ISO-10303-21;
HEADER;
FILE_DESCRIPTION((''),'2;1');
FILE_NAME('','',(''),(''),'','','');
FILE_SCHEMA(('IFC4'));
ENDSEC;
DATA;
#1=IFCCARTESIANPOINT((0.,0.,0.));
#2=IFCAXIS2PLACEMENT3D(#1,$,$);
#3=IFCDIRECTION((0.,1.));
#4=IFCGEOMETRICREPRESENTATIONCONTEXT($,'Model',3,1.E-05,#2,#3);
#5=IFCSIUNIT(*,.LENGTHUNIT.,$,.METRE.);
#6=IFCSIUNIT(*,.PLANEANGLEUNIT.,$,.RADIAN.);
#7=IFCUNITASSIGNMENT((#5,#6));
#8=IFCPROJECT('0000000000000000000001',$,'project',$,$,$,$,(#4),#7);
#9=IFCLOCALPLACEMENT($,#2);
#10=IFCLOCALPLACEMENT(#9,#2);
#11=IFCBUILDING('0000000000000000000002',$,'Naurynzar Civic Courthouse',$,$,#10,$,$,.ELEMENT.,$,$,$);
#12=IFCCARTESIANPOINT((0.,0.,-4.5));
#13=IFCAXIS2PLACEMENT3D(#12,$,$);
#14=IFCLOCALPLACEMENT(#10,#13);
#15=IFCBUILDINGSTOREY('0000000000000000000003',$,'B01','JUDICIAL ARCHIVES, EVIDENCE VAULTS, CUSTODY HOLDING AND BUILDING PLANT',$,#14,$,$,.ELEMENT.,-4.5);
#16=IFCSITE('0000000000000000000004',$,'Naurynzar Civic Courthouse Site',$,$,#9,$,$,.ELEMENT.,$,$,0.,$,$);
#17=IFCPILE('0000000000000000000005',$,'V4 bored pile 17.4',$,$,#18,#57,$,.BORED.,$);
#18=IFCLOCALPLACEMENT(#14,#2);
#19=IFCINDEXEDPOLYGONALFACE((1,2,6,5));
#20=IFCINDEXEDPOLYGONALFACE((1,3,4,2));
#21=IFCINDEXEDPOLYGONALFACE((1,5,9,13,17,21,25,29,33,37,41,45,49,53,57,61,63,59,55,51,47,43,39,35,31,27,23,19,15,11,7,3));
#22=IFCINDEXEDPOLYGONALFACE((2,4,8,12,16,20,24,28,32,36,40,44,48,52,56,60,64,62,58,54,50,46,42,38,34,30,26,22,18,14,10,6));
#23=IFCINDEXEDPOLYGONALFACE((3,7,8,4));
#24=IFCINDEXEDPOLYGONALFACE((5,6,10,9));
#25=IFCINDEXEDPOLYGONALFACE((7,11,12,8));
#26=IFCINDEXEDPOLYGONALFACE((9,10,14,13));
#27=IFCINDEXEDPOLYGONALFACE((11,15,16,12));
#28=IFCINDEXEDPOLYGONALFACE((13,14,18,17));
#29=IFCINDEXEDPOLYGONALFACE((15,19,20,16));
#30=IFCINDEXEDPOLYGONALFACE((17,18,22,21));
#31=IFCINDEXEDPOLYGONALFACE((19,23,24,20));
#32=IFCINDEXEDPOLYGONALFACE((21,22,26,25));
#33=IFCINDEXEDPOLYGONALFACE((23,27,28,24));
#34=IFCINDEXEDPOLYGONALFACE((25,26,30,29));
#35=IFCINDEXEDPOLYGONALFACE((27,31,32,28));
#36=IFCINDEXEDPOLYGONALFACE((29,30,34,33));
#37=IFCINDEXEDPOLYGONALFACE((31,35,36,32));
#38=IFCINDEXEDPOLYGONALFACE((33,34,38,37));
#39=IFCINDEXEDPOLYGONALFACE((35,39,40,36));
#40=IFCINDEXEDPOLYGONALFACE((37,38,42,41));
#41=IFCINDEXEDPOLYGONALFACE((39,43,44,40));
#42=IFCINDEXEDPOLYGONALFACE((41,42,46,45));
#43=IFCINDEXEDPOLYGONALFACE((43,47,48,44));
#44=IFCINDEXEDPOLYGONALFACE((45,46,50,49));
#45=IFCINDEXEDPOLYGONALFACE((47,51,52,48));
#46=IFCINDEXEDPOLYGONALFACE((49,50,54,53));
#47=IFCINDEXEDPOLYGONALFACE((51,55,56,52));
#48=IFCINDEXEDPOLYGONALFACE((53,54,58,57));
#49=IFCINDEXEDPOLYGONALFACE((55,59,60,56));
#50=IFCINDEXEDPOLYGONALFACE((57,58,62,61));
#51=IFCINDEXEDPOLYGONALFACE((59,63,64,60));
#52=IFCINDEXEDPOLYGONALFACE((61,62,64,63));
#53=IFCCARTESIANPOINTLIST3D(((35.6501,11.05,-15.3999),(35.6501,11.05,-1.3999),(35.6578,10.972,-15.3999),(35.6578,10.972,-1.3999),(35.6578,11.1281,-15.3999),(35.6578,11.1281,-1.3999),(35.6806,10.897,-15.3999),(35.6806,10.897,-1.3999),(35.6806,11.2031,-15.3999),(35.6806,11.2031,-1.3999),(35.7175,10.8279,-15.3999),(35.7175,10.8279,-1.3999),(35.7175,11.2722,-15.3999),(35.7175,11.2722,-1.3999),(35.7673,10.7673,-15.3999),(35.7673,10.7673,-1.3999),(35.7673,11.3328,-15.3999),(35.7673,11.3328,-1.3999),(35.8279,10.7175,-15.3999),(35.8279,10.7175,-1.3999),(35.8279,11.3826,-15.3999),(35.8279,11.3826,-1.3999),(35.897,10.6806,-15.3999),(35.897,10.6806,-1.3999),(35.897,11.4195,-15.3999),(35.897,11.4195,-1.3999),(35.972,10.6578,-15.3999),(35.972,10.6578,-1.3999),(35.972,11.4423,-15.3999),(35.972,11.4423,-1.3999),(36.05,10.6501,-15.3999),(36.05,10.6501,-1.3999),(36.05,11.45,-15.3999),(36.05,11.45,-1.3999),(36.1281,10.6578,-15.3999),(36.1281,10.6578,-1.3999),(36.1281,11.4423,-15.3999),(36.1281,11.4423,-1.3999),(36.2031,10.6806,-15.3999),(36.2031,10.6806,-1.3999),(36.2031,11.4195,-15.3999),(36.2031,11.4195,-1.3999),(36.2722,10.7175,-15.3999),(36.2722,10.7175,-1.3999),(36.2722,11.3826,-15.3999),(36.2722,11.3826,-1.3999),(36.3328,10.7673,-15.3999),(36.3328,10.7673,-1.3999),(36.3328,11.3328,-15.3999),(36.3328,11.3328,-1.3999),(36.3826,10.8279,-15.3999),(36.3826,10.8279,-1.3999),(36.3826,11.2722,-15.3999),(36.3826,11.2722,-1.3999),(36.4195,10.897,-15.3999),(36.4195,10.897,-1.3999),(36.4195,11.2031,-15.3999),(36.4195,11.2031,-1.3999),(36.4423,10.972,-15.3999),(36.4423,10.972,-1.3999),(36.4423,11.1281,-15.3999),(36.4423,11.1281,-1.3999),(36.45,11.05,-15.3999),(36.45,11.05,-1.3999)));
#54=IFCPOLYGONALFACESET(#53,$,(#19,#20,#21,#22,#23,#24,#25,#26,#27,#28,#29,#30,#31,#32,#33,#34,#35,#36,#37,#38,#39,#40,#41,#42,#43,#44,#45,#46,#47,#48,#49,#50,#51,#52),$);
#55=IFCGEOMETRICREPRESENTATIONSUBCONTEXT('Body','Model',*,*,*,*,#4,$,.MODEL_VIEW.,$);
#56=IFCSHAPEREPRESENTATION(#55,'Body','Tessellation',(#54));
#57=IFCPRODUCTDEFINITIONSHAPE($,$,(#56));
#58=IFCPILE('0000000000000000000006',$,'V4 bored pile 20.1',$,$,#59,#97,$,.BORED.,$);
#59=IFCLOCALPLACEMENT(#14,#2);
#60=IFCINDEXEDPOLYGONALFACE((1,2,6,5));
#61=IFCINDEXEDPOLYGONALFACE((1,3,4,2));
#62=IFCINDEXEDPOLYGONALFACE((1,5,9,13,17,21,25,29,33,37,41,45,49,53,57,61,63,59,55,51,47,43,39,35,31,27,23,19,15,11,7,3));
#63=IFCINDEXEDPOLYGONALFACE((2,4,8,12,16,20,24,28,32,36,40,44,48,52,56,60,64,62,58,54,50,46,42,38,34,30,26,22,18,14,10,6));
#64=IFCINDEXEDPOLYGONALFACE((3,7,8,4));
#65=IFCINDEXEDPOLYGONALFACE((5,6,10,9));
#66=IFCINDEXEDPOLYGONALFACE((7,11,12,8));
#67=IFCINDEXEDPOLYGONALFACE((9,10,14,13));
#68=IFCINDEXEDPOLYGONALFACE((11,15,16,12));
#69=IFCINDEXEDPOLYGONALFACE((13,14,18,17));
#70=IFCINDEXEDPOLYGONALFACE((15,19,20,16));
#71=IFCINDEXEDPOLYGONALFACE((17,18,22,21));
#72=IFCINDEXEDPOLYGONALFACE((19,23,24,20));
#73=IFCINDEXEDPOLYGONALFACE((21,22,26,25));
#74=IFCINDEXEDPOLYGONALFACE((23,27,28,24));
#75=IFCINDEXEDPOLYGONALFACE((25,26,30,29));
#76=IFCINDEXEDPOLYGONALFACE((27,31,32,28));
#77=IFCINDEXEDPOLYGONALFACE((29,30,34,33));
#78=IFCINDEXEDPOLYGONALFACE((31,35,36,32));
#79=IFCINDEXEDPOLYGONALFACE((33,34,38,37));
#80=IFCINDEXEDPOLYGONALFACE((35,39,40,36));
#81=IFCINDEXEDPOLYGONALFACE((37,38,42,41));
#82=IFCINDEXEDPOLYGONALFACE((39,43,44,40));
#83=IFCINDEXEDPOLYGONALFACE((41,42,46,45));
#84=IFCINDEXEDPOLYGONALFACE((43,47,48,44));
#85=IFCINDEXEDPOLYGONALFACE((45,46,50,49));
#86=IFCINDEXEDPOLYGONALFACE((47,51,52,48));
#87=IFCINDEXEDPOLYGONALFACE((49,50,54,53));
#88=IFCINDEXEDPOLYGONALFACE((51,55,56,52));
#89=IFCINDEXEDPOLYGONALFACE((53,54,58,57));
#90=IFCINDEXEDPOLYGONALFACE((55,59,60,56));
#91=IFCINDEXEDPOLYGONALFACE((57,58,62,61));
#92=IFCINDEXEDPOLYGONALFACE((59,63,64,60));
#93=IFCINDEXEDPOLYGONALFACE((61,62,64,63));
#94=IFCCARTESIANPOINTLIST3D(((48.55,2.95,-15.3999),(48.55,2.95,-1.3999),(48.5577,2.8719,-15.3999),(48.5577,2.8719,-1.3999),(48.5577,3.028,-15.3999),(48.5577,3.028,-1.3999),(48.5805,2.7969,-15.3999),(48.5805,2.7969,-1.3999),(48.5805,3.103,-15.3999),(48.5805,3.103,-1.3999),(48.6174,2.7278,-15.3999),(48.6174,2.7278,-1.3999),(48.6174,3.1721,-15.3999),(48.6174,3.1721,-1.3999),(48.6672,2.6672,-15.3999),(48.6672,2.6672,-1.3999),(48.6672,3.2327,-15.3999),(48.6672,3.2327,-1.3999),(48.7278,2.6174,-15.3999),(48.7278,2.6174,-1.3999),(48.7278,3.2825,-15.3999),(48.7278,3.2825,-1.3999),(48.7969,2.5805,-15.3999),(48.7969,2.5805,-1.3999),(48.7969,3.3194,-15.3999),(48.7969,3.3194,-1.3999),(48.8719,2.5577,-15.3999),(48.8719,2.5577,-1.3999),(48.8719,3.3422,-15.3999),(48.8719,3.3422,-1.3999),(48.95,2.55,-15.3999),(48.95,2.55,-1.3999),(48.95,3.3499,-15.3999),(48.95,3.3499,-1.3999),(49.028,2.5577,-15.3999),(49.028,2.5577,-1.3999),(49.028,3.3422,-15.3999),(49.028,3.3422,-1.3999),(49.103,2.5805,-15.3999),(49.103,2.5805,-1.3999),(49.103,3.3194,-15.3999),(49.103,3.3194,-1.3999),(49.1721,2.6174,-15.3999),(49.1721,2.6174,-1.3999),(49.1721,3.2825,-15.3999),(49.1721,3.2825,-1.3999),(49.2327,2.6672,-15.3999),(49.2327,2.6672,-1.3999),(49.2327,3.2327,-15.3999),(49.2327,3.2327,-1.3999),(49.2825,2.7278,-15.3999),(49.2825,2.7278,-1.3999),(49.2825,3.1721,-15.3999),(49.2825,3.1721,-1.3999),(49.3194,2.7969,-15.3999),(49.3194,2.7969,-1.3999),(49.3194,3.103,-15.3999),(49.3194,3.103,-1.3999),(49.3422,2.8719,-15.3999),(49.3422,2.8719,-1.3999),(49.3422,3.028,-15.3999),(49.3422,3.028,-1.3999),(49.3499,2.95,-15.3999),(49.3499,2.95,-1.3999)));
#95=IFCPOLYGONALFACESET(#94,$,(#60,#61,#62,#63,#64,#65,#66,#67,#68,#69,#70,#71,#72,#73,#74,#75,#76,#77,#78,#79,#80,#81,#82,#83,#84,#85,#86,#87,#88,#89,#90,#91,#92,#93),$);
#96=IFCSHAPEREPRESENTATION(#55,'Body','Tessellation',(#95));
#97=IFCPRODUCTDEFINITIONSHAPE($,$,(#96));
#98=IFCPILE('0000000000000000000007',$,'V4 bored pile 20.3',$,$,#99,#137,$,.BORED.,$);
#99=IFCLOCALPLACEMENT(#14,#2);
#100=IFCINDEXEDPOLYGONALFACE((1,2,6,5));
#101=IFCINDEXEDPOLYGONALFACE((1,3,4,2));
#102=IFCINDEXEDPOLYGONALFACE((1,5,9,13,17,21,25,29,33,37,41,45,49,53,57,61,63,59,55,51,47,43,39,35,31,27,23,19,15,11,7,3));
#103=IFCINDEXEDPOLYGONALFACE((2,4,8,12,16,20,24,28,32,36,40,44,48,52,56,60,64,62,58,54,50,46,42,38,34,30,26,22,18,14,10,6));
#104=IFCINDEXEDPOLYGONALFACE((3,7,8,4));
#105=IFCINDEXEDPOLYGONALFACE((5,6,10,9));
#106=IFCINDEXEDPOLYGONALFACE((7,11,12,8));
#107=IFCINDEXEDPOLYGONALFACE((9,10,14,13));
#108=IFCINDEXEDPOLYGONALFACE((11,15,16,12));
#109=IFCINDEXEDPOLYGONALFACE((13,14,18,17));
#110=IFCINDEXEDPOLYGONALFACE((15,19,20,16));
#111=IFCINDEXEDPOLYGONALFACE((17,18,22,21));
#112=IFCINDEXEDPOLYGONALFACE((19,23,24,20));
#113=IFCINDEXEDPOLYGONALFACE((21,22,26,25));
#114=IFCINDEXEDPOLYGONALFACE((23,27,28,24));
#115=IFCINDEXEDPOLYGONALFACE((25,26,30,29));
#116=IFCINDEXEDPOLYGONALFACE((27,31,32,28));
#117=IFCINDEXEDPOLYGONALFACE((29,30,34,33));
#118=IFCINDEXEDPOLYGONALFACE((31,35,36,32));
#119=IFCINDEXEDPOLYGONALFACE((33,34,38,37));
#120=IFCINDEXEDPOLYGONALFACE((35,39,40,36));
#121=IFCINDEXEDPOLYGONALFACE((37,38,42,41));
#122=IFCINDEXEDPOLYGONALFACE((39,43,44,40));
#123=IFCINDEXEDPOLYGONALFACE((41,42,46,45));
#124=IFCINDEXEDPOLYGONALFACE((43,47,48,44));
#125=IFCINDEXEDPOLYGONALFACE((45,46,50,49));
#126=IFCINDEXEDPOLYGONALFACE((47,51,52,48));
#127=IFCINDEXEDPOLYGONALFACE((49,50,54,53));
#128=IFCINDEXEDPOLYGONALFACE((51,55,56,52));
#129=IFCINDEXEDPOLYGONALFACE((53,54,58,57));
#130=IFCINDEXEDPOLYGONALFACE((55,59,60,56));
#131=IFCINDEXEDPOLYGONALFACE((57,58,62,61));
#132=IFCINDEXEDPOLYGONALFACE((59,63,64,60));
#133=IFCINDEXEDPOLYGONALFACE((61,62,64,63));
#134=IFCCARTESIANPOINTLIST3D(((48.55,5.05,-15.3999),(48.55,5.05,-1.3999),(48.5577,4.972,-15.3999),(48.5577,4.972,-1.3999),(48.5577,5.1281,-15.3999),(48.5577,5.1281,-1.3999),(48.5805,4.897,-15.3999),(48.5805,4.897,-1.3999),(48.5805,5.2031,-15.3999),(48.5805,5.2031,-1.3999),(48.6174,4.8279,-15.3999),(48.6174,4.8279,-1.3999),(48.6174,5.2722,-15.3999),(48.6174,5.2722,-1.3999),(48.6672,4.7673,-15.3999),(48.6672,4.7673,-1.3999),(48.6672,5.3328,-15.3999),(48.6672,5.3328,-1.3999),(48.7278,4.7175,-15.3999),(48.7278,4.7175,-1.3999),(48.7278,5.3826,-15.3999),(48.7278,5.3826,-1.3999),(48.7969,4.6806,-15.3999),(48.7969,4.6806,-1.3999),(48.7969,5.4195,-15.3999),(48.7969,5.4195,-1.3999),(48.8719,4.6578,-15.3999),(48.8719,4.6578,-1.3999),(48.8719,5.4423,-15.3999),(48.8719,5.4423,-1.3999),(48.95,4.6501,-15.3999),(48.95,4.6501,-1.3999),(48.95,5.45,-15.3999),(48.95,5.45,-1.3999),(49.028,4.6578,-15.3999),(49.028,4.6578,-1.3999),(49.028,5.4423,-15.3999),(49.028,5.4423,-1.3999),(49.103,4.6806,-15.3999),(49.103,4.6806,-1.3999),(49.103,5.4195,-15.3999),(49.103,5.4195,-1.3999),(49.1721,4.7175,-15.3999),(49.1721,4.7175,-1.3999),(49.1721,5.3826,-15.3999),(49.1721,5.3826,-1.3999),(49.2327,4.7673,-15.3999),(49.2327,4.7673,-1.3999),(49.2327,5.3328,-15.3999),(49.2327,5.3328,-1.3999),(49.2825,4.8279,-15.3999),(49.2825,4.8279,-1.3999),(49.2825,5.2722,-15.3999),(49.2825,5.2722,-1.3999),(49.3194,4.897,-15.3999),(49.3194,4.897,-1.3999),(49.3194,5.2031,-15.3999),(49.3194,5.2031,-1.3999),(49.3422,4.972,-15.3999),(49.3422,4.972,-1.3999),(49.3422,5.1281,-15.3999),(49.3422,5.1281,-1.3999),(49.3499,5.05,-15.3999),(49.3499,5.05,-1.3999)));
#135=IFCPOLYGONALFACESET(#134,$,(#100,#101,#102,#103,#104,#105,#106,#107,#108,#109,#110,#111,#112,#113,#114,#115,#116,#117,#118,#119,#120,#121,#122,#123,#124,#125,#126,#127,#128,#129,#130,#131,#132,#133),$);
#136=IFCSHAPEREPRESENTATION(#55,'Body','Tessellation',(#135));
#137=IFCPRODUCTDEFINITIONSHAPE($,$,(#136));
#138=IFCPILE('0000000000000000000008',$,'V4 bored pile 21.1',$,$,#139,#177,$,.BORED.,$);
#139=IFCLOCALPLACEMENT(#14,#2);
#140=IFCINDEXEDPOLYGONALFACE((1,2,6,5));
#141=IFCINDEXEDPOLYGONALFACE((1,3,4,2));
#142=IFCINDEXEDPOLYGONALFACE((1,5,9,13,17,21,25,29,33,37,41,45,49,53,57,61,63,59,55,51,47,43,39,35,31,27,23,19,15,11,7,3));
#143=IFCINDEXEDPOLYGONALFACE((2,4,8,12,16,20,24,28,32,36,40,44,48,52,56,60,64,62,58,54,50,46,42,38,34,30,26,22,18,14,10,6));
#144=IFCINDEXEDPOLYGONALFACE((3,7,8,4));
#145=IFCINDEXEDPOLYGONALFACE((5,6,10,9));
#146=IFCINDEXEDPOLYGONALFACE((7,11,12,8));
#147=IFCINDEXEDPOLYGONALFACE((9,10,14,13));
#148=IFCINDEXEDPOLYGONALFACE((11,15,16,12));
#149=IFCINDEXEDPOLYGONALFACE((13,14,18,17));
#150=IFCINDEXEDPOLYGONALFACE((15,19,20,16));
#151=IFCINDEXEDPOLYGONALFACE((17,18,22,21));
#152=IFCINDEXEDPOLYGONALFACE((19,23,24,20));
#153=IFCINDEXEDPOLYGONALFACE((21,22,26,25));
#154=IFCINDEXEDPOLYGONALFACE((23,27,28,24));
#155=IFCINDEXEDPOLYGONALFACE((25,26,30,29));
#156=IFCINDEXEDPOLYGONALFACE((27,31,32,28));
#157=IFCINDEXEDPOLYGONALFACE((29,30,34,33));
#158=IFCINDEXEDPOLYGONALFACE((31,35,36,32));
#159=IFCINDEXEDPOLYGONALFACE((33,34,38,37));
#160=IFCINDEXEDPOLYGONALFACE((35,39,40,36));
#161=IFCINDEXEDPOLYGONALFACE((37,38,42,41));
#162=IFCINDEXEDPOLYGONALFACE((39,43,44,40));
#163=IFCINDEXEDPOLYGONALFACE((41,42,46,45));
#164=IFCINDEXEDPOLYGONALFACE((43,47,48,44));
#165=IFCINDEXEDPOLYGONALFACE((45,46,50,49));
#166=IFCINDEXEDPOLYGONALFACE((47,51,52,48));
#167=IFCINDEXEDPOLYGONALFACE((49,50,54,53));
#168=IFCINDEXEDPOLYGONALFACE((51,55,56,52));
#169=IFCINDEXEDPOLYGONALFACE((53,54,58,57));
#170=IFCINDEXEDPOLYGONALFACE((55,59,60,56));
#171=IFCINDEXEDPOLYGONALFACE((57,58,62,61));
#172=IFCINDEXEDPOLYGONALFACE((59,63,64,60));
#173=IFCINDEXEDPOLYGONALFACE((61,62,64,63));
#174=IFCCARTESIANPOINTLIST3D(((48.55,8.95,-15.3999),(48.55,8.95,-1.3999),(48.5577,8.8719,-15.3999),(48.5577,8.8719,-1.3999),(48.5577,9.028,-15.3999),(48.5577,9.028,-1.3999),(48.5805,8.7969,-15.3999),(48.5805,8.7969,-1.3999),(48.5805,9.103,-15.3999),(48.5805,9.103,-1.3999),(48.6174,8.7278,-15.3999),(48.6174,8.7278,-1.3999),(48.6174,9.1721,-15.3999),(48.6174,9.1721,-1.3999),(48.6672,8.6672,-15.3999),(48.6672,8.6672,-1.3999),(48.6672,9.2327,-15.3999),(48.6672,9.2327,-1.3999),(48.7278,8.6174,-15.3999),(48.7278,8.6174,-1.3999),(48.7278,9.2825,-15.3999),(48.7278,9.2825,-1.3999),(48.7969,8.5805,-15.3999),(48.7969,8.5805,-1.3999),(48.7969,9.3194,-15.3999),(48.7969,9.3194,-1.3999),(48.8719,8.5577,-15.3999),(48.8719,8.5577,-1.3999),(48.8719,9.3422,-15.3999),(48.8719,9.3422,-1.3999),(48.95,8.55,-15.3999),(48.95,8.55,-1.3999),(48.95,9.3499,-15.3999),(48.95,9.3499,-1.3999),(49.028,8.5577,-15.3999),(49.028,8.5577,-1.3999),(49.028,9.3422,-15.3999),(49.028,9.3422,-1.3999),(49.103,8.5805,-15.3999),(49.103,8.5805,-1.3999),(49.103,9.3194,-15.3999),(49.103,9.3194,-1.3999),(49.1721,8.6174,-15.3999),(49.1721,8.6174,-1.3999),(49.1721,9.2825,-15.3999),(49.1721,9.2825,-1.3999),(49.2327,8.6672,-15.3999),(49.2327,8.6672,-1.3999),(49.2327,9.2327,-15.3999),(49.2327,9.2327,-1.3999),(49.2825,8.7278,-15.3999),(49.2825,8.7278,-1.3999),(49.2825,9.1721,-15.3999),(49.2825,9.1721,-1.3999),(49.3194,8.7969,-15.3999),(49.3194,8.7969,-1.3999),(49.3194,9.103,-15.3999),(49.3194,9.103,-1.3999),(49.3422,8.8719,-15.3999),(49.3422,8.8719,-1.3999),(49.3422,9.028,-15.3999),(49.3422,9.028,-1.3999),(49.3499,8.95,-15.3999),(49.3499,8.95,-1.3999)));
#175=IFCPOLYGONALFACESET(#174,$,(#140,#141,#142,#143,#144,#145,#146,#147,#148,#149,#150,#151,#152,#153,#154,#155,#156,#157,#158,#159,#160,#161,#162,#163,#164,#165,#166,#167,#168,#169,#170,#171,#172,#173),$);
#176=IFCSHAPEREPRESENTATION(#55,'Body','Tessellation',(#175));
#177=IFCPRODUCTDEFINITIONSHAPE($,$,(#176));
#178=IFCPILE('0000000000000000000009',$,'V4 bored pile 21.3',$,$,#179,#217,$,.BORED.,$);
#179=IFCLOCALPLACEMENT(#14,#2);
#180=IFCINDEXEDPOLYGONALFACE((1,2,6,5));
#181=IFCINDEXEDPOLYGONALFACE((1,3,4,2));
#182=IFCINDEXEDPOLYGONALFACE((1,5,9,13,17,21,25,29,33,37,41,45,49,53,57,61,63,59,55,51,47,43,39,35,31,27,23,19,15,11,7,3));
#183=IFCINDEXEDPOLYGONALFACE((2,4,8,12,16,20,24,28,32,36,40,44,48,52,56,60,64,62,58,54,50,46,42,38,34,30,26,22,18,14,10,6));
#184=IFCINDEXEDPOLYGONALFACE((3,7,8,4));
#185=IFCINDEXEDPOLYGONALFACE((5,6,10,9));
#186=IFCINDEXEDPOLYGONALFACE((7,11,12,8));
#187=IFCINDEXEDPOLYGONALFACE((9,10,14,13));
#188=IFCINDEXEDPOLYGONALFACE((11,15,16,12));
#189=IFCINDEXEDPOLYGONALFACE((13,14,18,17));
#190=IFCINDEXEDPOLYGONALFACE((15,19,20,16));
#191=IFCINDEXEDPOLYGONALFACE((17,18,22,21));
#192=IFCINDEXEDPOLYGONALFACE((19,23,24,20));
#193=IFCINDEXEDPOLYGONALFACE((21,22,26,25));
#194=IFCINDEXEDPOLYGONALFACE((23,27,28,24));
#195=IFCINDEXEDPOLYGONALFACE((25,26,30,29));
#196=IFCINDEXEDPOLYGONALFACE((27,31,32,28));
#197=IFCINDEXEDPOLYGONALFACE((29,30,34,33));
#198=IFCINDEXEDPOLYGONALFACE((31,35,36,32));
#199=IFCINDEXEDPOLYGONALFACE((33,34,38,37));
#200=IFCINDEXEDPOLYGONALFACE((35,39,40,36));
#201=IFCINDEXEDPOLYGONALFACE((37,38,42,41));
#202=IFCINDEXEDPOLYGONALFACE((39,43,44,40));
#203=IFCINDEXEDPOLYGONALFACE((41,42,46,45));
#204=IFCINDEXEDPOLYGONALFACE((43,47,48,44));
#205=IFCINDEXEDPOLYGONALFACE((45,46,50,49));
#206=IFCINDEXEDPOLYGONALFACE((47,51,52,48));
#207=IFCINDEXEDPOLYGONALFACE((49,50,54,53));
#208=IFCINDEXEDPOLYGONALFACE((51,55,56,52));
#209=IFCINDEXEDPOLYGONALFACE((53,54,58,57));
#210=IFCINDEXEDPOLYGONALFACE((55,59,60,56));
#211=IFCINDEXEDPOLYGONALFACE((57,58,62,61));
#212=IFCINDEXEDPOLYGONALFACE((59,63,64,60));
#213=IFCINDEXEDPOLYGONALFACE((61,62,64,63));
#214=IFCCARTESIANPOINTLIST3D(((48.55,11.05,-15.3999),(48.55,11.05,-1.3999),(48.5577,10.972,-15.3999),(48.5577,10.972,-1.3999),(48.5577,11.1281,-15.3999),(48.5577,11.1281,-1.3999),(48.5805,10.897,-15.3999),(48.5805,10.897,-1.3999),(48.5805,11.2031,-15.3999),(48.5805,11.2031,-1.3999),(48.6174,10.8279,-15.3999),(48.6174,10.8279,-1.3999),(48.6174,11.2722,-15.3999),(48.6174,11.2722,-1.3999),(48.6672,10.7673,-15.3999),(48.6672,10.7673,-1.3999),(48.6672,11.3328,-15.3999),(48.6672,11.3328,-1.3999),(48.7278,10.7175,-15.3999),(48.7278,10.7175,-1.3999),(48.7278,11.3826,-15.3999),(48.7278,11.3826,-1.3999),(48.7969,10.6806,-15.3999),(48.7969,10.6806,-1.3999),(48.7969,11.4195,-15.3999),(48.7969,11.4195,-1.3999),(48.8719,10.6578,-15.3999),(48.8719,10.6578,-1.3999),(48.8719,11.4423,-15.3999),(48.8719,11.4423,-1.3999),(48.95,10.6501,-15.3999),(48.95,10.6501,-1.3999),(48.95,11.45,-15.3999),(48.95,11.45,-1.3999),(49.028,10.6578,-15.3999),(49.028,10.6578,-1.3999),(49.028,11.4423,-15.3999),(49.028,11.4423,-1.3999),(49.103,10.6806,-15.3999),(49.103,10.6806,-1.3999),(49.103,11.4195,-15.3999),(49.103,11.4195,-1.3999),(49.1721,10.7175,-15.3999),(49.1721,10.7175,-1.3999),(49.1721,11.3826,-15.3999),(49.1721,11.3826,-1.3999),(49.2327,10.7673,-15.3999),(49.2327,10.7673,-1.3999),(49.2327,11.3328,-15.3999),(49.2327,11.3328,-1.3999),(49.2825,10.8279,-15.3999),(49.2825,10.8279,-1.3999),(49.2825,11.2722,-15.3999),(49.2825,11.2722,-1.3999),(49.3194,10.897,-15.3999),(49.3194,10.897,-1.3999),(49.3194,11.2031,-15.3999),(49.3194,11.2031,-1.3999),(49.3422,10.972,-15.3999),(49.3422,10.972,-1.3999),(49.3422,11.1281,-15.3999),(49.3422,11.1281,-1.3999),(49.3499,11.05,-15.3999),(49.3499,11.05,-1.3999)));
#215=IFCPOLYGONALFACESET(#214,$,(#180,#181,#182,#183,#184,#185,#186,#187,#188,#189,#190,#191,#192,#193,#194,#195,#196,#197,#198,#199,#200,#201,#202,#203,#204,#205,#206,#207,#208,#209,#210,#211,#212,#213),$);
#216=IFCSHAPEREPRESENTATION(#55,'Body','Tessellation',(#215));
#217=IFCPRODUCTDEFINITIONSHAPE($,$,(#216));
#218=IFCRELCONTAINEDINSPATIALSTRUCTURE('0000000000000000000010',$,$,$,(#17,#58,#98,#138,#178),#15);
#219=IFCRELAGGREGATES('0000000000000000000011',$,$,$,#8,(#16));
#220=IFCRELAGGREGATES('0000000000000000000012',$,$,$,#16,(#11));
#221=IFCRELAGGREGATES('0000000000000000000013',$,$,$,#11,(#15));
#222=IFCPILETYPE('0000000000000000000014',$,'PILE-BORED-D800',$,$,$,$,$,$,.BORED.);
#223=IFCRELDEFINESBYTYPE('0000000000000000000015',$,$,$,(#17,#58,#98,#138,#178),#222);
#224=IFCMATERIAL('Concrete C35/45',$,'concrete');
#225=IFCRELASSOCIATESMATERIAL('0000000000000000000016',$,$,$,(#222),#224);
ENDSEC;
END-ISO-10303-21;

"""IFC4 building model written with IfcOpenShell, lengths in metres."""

from ifc_helpers import new_model, si_unit, direction, frame, origin, origin_2d, place, context, subcontext, project, spatial, circle, extrude, material, material_profile, profile_set, type_object, element, save


model = new_model("IFC4")

# Units and contexts
model_context = context("Model", 3, precision=1e-05, world=origin(), true_north=direction((0.0, 1.0)))
body_context = subcontext(model_context, "Body", "Model", "MODEL_VIEW")
ifc_project = project(units=[si_unit("LENGTHUNIT", "METRE"), si_unit("PLANEANGLEUNIT", "RADIAN")], contexts=[model_context])

# Site, building, storey
site_placement = place(None, origin())
site = spatial("IfcSite", under=ifc_project, at=site_placement, Name="Naurynzar Civic Courthouse Site", CompositionType="ELEMENT", RefElevation=0.0)
building_placement = place(site_placement, origin())
building = spatial("IfcBuilding", under=site, at=building_placement, Name="Naurynzar Civic Courthouse", CompositionType="ELEMENT")
storey_placement = place(building_placement, frame((0.0, 0.0, -4.5)))
storey = spatial("IfcBuildingStorey", under=building, at=storey_placement, Name="B01", Description="JUDICIAL ARCHIVES, EVIDENCE VAULTS, CUSTODY HOLDING AND BUILDING PLANT", CompositionType="ELEMENT", Elevation=-4.5)

# Piles
ifc_material_1 = material(Name="Concrete C35/45", Category="concrete")
ifc_material_profile_1 = material_profile(ifc_material_1, circle(Radius=0.3999, at=origin_2d()), Name="PILE D800")
ifc_profile_set_1 = profile_set([ifc_material_profile_1], Name="Concrete C35/45")
pile_type = type_object("IfcPileType", Name="PILE-BORED-D800", PredefinedType="BORED", material=ifc_profile_set_1)
for number, where, z_axis, x_axis, name in (
    (1, (36.05, 11.05, -1.3999), (0.0, 0.0, -1.0), (1.0, 0.0, 0.0), "V4 bored pile 17.4"),
    (2, (48.95, 2.95, -1.3999), (0.0, 0.0, -1.0), (1.0, 0.0, 0.0), "V4 bored pile 20.1"),
    (3, (48.95, 5.05, -1.3999), (0.0, 0.0, -1.0), (1.0, 0.0, 0.0), "V4 bored pile 20.3"),
    (4, (48.95, 8.95, -1.3999), (0.0, 0.0, -1.0), (1.0, 0.0, 0.0), "V4 bored pile 21.1"),
    (5, (48.95, 11.05, -1.3999), (0.0, 0.0, -1.0), (1.0, 0.0, 0.0), "V4 bored pile 21.3"),
):
    element("IfcPile", number, at=place(storey_placement, frame(where, z_axis=z_axis, x_axis=x_axis)), inside=storey, type_object=pile_type, Name=name, PredefinedType="BORED", context=body_context, shape_type="SweptSolid", body=[
        extrude(circle(Radius=0.3999, at=origin_2d()), origin(), (0.0, 0.0, 1.0), 14.0),
    ])

save(model, "model.ifc")
